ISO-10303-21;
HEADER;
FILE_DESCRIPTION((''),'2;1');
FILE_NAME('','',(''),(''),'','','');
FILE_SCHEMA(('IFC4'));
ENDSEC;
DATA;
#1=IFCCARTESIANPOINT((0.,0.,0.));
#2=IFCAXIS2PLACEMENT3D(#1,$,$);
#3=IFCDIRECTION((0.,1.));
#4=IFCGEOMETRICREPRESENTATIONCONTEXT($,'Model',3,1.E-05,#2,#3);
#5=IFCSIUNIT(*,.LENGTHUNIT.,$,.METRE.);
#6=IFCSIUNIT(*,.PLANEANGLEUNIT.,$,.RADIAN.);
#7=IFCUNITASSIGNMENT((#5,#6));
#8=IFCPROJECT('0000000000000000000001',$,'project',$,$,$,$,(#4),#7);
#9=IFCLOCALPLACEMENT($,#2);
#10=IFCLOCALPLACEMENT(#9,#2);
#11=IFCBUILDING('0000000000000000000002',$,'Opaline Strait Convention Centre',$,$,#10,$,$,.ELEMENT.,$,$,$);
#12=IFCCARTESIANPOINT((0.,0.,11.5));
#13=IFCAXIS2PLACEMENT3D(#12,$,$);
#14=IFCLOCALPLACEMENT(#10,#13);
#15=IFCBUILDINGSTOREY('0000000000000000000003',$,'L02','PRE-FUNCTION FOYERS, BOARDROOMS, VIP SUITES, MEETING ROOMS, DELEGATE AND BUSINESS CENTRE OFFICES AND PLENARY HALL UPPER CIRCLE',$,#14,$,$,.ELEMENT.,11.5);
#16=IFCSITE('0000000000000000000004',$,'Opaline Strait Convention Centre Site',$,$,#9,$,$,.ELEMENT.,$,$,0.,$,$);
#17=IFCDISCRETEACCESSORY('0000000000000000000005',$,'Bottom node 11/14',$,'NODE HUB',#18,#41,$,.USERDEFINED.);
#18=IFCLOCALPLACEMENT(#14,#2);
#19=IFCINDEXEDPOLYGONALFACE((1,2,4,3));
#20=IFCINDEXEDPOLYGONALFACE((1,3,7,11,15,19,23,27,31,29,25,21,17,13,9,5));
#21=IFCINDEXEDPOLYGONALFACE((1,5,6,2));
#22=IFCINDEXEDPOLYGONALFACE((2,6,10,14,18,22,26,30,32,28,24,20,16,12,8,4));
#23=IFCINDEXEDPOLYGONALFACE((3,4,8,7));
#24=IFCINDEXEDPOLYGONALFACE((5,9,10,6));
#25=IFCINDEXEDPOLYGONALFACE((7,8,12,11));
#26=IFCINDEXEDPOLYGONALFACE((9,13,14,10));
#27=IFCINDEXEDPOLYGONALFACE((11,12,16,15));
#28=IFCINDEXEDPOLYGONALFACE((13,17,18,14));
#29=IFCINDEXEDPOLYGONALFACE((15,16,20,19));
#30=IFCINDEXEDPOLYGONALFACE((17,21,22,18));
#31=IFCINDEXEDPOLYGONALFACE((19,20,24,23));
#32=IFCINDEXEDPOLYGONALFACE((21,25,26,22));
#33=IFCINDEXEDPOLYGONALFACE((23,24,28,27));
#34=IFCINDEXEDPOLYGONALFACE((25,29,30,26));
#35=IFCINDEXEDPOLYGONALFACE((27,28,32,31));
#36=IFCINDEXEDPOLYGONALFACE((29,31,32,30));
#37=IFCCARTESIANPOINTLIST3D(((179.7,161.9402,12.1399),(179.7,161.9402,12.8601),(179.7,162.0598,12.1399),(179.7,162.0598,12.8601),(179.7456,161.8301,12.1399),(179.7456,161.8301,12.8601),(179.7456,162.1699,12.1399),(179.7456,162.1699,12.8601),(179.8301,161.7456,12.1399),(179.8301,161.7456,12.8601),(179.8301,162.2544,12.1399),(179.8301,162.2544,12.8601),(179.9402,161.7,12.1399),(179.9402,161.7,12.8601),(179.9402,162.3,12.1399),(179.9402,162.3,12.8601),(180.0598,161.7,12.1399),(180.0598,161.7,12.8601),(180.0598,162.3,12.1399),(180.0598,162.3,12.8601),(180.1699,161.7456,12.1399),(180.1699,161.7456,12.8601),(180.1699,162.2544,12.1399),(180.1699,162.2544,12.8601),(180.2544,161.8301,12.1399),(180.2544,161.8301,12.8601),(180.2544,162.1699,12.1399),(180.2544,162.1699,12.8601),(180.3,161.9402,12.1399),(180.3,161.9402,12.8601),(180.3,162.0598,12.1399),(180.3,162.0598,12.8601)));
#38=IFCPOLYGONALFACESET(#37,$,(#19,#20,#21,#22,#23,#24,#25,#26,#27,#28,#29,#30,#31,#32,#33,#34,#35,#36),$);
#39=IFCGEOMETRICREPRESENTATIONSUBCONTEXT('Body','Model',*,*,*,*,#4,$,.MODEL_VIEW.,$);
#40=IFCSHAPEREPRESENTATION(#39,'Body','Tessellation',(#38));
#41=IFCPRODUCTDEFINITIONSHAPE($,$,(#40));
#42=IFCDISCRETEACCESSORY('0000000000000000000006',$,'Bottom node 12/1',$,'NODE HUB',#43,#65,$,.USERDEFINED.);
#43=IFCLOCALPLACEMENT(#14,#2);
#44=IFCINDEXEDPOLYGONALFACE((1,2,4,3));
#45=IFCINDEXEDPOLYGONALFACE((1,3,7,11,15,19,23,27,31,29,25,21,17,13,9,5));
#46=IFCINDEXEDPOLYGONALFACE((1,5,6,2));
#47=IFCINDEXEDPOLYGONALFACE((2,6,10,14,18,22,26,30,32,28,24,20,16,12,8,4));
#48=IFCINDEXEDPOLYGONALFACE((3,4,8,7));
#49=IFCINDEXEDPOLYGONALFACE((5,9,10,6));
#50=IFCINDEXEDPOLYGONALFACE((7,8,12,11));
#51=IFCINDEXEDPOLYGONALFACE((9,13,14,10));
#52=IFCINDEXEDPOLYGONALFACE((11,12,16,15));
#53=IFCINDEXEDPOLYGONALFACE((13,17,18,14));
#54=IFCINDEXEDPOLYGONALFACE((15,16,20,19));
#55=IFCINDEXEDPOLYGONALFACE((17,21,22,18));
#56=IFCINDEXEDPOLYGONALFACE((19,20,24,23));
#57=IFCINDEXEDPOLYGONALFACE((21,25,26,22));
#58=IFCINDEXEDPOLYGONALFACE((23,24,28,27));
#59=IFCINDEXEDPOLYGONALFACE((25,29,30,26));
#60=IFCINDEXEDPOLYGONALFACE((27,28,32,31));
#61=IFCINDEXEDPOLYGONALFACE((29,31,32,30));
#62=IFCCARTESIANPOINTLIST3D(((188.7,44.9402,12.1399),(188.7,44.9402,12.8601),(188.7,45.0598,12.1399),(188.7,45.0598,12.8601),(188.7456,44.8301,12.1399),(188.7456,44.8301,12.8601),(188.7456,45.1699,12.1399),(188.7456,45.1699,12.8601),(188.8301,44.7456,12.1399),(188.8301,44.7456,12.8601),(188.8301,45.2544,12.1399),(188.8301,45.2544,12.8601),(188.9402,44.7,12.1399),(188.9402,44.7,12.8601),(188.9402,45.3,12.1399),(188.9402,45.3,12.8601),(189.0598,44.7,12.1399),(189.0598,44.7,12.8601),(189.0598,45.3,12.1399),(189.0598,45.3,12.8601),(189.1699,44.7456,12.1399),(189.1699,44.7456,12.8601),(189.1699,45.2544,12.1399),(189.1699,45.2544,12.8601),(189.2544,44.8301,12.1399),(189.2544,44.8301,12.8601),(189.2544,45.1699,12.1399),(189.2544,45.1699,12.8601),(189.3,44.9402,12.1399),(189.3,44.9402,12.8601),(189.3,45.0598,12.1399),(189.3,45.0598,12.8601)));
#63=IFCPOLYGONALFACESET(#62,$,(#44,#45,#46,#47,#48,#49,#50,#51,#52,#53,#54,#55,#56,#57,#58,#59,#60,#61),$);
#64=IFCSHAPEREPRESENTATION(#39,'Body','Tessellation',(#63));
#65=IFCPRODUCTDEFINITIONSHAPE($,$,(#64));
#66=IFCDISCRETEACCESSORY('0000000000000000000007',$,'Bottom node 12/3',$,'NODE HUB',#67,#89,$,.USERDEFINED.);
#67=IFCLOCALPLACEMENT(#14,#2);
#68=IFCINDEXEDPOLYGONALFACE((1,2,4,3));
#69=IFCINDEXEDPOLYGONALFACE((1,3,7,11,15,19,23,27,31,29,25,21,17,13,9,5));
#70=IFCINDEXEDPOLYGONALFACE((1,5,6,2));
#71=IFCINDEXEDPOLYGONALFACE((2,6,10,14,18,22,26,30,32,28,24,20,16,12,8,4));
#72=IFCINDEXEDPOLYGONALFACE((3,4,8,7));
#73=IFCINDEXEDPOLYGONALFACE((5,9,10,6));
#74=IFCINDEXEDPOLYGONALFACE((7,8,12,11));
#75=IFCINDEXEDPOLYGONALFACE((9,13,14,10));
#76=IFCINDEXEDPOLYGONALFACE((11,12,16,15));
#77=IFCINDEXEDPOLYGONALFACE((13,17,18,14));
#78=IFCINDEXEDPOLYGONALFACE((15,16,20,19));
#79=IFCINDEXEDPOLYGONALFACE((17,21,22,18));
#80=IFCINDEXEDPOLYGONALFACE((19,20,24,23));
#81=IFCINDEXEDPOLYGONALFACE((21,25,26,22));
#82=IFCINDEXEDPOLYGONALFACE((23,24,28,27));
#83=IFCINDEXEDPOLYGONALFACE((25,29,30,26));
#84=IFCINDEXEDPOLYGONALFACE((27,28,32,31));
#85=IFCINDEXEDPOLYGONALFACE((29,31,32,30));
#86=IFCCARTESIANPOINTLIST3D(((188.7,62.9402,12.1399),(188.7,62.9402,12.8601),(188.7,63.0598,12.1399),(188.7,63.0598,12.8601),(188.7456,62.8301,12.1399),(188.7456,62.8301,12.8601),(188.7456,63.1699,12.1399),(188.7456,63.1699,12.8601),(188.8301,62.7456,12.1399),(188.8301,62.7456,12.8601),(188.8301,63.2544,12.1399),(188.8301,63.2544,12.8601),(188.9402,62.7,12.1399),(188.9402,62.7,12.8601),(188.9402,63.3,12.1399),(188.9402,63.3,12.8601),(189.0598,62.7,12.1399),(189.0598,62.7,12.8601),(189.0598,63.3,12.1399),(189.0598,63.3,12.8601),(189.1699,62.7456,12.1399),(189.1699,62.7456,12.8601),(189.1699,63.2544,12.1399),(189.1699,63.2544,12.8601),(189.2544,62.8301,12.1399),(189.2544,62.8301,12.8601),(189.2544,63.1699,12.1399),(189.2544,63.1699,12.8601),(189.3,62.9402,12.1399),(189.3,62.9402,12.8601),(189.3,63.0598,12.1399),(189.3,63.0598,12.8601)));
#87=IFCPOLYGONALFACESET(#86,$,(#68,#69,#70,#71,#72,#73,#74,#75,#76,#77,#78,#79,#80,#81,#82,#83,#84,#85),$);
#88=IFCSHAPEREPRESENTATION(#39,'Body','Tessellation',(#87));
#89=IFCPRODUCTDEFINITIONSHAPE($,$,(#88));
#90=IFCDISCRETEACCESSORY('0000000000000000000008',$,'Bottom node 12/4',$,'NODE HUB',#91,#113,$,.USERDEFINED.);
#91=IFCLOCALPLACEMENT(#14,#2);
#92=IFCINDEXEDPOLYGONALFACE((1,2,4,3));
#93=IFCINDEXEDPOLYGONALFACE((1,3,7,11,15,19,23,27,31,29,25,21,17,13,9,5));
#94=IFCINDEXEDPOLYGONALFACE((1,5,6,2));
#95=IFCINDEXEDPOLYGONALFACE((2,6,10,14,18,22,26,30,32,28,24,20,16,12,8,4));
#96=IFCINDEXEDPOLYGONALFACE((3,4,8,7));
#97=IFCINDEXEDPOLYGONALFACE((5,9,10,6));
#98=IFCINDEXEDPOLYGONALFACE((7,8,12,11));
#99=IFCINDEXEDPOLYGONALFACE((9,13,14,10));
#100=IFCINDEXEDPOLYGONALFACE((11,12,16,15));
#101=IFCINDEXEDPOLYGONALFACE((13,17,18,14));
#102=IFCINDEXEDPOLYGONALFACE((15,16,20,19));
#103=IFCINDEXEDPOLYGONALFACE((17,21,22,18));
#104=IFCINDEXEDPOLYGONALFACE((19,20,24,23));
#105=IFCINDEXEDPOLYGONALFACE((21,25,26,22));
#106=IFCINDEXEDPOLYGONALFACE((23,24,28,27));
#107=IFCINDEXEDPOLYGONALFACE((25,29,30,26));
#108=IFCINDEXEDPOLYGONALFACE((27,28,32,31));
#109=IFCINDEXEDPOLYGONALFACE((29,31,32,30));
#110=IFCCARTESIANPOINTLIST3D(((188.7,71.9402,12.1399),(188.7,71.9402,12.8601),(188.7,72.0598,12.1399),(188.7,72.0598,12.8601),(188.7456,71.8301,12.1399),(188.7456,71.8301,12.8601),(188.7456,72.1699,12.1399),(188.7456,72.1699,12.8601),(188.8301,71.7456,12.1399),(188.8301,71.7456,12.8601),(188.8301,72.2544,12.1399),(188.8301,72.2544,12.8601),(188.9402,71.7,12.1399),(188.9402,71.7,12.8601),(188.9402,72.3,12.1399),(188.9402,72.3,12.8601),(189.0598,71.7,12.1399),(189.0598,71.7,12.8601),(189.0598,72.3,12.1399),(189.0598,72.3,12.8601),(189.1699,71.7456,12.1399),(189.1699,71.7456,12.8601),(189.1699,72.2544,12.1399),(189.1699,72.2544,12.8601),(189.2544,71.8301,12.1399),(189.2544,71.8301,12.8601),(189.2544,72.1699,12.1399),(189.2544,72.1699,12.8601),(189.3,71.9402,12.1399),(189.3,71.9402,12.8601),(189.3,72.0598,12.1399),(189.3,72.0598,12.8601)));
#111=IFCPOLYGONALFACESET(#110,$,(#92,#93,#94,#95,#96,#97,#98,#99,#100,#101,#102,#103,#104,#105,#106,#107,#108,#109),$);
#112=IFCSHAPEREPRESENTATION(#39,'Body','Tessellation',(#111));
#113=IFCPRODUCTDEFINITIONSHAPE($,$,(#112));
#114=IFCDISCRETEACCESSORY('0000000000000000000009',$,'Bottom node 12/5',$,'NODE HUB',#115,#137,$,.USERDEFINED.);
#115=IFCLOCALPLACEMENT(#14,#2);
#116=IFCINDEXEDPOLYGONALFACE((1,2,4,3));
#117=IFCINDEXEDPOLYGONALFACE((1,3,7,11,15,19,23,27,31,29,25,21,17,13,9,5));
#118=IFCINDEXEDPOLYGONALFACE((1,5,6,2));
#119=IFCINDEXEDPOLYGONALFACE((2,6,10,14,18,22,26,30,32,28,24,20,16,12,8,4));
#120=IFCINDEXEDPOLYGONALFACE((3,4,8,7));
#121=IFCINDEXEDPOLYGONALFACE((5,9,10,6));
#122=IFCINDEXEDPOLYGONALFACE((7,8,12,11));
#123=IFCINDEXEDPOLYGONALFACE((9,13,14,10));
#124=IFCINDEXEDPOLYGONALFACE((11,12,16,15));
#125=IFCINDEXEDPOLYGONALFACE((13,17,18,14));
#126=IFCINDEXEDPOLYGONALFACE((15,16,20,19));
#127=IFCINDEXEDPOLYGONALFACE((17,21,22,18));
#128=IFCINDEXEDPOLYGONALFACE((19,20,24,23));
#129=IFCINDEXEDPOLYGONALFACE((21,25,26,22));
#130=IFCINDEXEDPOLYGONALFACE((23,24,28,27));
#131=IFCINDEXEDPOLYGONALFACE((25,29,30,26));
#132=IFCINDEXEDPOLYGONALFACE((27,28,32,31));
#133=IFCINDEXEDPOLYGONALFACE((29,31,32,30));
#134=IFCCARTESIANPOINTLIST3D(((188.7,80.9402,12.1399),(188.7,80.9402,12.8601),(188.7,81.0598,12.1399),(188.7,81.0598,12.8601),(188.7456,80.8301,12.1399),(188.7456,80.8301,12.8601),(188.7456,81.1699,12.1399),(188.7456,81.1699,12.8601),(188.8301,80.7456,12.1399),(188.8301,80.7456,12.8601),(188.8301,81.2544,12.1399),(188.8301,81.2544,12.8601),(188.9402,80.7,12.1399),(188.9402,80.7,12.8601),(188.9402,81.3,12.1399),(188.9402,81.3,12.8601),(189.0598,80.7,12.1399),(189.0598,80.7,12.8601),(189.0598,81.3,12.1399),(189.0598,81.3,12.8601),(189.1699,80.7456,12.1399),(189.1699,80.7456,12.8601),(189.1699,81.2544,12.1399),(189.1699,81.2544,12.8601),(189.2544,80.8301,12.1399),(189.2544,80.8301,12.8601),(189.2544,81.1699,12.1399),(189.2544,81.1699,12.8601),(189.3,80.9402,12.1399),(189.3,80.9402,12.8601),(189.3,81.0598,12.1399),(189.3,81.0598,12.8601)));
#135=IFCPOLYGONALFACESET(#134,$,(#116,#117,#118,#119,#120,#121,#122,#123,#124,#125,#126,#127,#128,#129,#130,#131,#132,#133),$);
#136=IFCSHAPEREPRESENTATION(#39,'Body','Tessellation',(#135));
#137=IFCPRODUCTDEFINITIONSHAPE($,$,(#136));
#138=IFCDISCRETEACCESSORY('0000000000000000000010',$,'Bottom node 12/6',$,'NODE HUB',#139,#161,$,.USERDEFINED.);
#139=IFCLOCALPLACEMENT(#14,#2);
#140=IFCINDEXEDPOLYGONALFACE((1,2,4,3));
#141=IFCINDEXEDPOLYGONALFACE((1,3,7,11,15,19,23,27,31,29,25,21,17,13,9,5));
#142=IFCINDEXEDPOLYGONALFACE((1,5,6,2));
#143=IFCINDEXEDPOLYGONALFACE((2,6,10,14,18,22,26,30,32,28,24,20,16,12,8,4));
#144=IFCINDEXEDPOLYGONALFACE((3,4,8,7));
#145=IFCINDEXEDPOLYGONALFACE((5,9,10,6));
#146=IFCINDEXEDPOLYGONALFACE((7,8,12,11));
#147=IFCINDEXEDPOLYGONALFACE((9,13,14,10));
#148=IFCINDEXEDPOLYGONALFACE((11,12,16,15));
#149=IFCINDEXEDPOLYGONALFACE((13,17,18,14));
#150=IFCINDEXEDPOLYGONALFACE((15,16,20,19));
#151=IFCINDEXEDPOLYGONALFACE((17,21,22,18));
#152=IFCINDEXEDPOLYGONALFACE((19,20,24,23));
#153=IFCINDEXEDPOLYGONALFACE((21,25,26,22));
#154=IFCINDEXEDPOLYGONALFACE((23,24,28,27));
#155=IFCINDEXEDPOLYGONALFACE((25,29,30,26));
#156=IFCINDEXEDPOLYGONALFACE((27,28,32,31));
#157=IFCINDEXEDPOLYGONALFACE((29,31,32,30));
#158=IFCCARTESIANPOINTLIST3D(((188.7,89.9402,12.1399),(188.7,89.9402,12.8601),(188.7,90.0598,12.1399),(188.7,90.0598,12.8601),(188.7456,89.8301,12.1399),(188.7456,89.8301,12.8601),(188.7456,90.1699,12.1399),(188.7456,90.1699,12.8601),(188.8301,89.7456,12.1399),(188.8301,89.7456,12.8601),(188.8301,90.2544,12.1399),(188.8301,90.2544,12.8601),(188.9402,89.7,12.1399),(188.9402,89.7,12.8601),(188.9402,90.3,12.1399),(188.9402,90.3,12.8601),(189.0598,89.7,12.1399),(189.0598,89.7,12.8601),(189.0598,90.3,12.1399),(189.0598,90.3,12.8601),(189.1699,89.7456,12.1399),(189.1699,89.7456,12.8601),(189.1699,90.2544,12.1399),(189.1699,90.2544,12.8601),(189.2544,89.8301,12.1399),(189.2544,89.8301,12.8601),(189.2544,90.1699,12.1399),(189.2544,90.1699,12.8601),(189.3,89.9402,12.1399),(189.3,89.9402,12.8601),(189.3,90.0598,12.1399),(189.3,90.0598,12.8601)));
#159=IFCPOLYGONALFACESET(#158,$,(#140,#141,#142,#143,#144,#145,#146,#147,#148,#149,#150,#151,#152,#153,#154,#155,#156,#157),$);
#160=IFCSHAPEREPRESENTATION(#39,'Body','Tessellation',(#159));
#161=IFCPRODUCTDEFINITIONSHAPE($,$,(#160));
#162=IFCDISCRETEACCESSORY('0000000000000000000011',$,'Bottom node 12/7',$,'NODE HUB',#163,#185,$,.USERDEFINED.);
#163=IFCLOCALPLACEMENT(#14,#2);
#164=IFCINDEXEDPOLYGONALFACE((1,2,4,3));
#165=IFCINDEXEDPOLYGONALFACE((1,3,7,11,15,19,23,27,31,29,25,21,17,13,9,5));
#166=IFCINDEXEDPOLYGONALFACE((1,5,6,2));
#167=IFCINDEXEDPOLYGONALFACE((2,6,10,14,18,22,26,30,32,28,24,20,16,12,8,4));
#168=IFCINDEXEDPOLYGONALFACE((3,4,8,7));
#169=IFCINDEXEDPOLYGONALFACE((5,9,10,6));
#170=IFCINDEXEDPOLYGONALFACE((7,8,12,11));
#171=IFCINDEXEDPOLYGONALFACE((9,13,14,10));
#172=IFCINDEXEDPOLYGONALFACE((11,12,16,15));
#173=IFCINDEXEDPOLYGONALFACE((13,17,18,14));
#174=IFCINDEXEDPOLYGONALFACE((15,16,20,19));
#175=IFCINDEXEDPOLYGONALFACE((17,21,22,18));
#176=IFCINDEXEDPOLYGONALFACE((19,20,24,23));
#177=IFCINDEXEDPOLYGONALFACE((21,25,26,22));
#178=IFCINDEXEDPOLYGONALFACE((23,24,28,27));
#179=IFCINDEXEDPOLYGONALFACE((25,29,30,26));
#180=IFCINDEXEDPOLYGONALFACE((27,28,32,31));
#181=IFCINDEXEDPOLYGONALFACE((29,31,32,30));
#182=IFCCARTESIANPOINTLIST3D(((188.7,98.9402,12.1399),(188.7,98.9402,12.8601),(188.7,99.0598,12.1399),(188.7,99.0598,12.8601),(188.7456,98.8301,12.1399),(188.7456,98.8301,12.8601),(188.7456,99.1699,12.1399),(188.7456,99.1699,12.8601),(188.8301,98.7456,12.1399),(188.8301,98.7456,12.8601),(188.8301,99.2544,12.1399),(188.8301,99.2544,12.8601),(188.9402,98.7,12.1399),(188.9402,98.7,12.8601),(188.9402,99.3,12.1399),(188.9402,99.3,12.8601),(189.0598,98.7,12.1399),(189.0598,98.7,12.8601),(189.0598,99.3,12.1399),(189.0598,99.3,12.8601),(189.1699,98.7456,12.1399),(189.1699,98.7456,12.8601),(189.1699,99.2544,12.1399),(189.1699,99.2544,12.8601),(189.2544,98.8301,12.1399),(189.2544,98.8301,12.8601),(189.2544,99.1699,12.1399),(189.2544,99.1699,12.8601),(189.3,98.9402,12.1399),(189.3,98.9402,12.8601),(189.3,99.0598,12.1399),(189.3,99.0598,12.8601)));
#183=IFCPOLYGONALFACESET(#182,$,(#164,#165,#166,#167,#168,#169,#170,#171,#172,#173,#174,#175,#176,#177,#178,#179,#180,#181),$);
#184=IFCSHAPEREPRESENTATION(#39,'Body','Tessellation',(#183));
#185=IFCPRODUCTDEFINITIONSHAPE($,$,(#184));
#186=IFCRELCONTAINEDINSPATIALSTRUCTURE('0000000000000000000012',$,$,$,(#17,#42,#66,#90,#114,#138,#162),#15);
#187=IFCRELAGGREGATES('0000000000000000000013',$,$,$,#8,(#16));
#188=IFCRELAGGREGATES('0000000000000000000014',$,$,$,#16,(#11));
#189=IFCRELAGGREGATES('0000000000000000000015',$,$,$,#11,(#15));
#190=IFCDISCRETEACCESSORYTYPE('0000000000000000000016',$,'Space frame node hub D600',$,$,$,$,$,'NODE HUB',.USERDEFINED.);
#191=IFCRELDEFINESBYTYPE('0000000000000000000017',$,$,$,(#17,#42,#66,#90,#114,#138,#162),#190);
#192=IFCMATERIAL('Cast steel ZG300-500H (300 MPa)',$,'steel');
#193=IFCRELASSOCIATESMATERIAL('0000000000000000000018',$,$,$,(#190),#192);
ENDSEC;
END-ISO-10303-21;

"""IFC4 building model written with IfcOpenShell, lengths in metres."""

from ifc_helpers import new_model, si_unit, direction, frame, origin, place, context, subcontext, project, spatial, polyline, outline, extrude, material, type_object, element, save


model = new_model("IFC4")

# Units and contexts
model_context = context("Model", 3, precision=1e-05, world=origin(), true_north=direction((0.0, 1.0)))
body_context = subcontext(model_context, "Body", "Model", "MODEL_VIEW")
ifc_project = project(units=[si_unit("LENGTHUNIT", "METRE"), si_unit("PLANEANGLEUNIT", "RADIAN")], contexts=[model_context])

# Site, building, storey
site_placement = place(None, origin())
site = spatial("IfcSite", under=ifc_project, at=site_placement, Name="Opaline Strait Convention Centre Site", CompositionType="ELEMENT", RefElevation=0.0)
building_placement = place(site_placement, origin())
building = spatial("IfcBuilding", under=site, at=building_placement, Name="Opaline Strait Convention Centre", CompositionType="ELEMENT")
storey_placement = place(building_placement, frame((0.0, 0.0, 11.5)))
storey = spatial("IfcBuildingStorey", under=building, at=storey_placement, Name="L02", Description="PRE-FUNCTION FOYERS, BOARDROOMS, VIP SUITES, MEETING ROOMS, DELEGATE AND BUSINESS CENTRE OFFICES AND PLENARY HALL UPPER CIRCLE", CompositionType="ELEMENT", Elevation=11.5)

# Discrete accessories
ifc_material = material(Name="Cast steel ZG300-500H (300 MPa)", Category="steel")
discrete_accessory_type_1 = type_object("IfcDiscreteAccessoryType", Name="Space frame node hub D600", ElementType="NODE HUB", PredefinedType="USERDEFINED", material=ifc_material)
discrete_accessory_1_placement = place(storey_placement, frame((0.0, 0.0, 12.1399)))
element("IfcDiscreteAccessory", 1, at=discrete_accessory_1_placement, inside=storey, type_object=discrete_accessory_type_1, Name="Bottom node 11/14", ObjectType="NODE HUB", PredefinedType="USERDEFINED", context=body_context, shape_type="SweptSolid", body=[
    extrude(outline(polyline([(180.3, 162.0598), (180.2544, 162.1699), (180.1699, 162.2544), (180.0598, 162.3), (179.9402, 162.3), (179.8301, 162.2544), (179.7456, 162.1699), (179.7, 162.0598), (179.7, 161.9402), (179.7456, 161.8301), (179.8301, 161.7456), (179.9402, 161.7), (180.0598, 161.7), (180.1699, 161.7456), (180.2544, 161.8301), (180.3, 161.9402), (180.3, 162.0598)])), origin(), (0.0, 0.0, 1.0), 0.7202),
])
discrete_accessory_2_placement = place(storey_placement, frame((0.0, 0.0, 12.1399)))
element("IfcDiscreteAccessory", 2, at=discrete_accessory_2_placement, inside=storey, type_object=discrete_accessory_type_1, Name="Bottom node 12/1", ObjectType="NODE HUB", PredefinedType="USERDEFINED", context=body_context, shape_type="SweptSolid", body=[
    extrude(outline(polyline([(189.3, 45.0598), (189.2544, 45.1699), (189.1699, 45.2544), (189.0598, 45.3), (188.9402, 45.3), (188.8301, 45.2544), (188.7456, 45.1699), (188.7, 45.0598), (188.7, 44.9402), (188.7456, 44.8301), (188.8301, 44.7456), (188.9402, 44.7), (189.0598, 44.7), (189.1699, 44.7456), (189.2544, 44.8301), (189.3, 44.9402), (189.3, 45.0598)])), origin(), (0.0, 0.0, 1.0), 0.7202),
])
discrete_accessory_3_placement = place(storey_placement, frame((0.0, 0.0, 12.1399)))
element("IfcDiscreteAccessory", 3, at=discrete_accessory_3_placement, inside=storey, type_object=discrete_accessory_type_1, Name="Bottom node 12/3", ObjectType="NODE HUB", PredefinedType="USERDEFINED", context=body_context, shape_type="SweptSolid", body=[
    extrude(outline(polyline([(189.3, 63.0598), (189.2544, 63.1699), (189.1699, 63.2544), (189.0598, 63.3), (188.9402, 63.3), (188.8301, 63.2544), (188.7456, 63.1699), (188.7, 63.0598), (188.7, 62.9402), (188.7456, 62.8301), (188.8301, 62.7456), (188.9402, 62.7), (189.0598, 62.7), (189.1699, 62.7456), (189.2544, 62.8301), (189.3, 62.9402), (189.3, 63.0598)])), origin(), (0.0, 0.0, 1.0), 0.7202),
])
discrete_accessory_4_placement = place(storey_placement, frame((0.0, 0.0, 12.1399)))
element("IfcDiscreteAccessory", 4, at=discrete_accessory_4_placement, inside=storey, type_object=discrete_accessory_type_1, Name="Bottom node 12/4", ObjectType="NODE HUB", PredefinedType="USERDEFINED", context=body_context, shape_type="SweptSolid", body=[
    extrude(outline(polyline([(189.3, 72.0598), (189.2544, 72.1699), (189.1699, 72.2544), (189.0598, 72.3), (188.9402, 72.3), (188.8301, 72.2544), (188.7456, 72.1699), (188.7, 72.0598), (188.7, 71.9402), (188.7456, 71.8301), (188.8301, 71.7456), (188.9402, 71.7), (189.0598, 71.7), (189.1699, 71.7456), (189.2544, 71.8301), (189.3, 71.9402), (189.3, 72.0598)])), origin(), (0.0, 0.0, 1.0), 0.7202),
])
discrete_accessory_5_placement = place(storey_placement, frame((0.0, 0.0, 12.1399)))
element("IfcDiscreteAccessory", 5, at=discrete_accessory_5_placement, inside=storey, type_object=discrete_accessory_type_1, Name="Bottom node 12/5", ObjectType="NODE HUB", PredefinedType="USERDEFINED", context=body_context, shape_type="SweptSolid", body=[
    extrude(outline(polyline([(189.3, 81.0598), (189.2544, 81.1699), (189.1699, 81.2544), (189.0598, 81.3), (188.9402, 81.3), (188.8301, 81.2544), (188.7456, 81.1699), (188.7, 81.0598), (188.7, 80.9402), (188.7456, 80.8301), (188.8301, 80.7456), (188.9402, 80.7), (189.0598, 80.7), (189.1699, 80.7456), (189.2544, 80.8301), (189.3, 80.9402), (189.3, 81.0598)])), origin(), (0.0, 0.0, 1.0), 0.7202),
])
discrete_accessory_6_placement = place(storey_placement, frame((0.0, 0.0, 12.1399)))
element("IfcDiscreteAccessory", 6, at=discrete_accessory_6_placement, inside=storey, type_object=discrete_accessory_type_1, Name="Bottom node 12/6", ObjectType="NODE HUB", PredefinedType="USERDEFINED", context=body_context, shape_type="SweptSolid", body=[
    extrude(outline(polyline([(189.3, 90.0598), (189.2544, 90.1699), (189.1699, 90.2544), (189.0598, 90.3), (188.9402, 90.3), (188.8301, 90.2544), (188.7456, 90.1699), (188.7, 90.0598), (188.7, 89.9402), (188.7456, 89.8301), (188.8301, 89.7456), (188.9402, 89.7), (189.0598, 89.7), (189.1699, 89.7456), (189.2544, 89.8301), (189.3, 89.9402), (189.3, 90.0598)])), origin(), (0.0, 0.0, 1.0), 0.7202),
])
discrete_accessory_7_placement = place(storey_placement, frame((0.0, 0.0, 12.1399)))
element("IfcDiscreteAccessory", 7, at=discrete_accessory_7_placement, inside=storey, type_object=discrete_accessory_type_1, Name="Bottom node 12/7", ObjectType="NODE HUB", PredefinedType="USERDEFINED", context=body_context, shape_type="SweptSolid", body=[
    extrude(outline(polyline([(189.3, 99.0598), (189.2544, 99.1699), (189.1699, 99.2544), (189.0598, 99.3), (188.9402, 99.3), (188.8301, 99.2544), (188.7456, 99.1699), (188.7, 99.0598), (188.7, 98.9402), (188.7456, 98.8301), (188.8301, 98.7456), (188.9402, 98.7), (189.0598, 98.7), (189.1699, 98.7456), (189.2544, 98.8301), (189.3, 98.9402), (189.3, 99.0598)])), origin(), (0.0, 0.0, 1.0), 0.7202),
])

save(model, "model.ifc")
